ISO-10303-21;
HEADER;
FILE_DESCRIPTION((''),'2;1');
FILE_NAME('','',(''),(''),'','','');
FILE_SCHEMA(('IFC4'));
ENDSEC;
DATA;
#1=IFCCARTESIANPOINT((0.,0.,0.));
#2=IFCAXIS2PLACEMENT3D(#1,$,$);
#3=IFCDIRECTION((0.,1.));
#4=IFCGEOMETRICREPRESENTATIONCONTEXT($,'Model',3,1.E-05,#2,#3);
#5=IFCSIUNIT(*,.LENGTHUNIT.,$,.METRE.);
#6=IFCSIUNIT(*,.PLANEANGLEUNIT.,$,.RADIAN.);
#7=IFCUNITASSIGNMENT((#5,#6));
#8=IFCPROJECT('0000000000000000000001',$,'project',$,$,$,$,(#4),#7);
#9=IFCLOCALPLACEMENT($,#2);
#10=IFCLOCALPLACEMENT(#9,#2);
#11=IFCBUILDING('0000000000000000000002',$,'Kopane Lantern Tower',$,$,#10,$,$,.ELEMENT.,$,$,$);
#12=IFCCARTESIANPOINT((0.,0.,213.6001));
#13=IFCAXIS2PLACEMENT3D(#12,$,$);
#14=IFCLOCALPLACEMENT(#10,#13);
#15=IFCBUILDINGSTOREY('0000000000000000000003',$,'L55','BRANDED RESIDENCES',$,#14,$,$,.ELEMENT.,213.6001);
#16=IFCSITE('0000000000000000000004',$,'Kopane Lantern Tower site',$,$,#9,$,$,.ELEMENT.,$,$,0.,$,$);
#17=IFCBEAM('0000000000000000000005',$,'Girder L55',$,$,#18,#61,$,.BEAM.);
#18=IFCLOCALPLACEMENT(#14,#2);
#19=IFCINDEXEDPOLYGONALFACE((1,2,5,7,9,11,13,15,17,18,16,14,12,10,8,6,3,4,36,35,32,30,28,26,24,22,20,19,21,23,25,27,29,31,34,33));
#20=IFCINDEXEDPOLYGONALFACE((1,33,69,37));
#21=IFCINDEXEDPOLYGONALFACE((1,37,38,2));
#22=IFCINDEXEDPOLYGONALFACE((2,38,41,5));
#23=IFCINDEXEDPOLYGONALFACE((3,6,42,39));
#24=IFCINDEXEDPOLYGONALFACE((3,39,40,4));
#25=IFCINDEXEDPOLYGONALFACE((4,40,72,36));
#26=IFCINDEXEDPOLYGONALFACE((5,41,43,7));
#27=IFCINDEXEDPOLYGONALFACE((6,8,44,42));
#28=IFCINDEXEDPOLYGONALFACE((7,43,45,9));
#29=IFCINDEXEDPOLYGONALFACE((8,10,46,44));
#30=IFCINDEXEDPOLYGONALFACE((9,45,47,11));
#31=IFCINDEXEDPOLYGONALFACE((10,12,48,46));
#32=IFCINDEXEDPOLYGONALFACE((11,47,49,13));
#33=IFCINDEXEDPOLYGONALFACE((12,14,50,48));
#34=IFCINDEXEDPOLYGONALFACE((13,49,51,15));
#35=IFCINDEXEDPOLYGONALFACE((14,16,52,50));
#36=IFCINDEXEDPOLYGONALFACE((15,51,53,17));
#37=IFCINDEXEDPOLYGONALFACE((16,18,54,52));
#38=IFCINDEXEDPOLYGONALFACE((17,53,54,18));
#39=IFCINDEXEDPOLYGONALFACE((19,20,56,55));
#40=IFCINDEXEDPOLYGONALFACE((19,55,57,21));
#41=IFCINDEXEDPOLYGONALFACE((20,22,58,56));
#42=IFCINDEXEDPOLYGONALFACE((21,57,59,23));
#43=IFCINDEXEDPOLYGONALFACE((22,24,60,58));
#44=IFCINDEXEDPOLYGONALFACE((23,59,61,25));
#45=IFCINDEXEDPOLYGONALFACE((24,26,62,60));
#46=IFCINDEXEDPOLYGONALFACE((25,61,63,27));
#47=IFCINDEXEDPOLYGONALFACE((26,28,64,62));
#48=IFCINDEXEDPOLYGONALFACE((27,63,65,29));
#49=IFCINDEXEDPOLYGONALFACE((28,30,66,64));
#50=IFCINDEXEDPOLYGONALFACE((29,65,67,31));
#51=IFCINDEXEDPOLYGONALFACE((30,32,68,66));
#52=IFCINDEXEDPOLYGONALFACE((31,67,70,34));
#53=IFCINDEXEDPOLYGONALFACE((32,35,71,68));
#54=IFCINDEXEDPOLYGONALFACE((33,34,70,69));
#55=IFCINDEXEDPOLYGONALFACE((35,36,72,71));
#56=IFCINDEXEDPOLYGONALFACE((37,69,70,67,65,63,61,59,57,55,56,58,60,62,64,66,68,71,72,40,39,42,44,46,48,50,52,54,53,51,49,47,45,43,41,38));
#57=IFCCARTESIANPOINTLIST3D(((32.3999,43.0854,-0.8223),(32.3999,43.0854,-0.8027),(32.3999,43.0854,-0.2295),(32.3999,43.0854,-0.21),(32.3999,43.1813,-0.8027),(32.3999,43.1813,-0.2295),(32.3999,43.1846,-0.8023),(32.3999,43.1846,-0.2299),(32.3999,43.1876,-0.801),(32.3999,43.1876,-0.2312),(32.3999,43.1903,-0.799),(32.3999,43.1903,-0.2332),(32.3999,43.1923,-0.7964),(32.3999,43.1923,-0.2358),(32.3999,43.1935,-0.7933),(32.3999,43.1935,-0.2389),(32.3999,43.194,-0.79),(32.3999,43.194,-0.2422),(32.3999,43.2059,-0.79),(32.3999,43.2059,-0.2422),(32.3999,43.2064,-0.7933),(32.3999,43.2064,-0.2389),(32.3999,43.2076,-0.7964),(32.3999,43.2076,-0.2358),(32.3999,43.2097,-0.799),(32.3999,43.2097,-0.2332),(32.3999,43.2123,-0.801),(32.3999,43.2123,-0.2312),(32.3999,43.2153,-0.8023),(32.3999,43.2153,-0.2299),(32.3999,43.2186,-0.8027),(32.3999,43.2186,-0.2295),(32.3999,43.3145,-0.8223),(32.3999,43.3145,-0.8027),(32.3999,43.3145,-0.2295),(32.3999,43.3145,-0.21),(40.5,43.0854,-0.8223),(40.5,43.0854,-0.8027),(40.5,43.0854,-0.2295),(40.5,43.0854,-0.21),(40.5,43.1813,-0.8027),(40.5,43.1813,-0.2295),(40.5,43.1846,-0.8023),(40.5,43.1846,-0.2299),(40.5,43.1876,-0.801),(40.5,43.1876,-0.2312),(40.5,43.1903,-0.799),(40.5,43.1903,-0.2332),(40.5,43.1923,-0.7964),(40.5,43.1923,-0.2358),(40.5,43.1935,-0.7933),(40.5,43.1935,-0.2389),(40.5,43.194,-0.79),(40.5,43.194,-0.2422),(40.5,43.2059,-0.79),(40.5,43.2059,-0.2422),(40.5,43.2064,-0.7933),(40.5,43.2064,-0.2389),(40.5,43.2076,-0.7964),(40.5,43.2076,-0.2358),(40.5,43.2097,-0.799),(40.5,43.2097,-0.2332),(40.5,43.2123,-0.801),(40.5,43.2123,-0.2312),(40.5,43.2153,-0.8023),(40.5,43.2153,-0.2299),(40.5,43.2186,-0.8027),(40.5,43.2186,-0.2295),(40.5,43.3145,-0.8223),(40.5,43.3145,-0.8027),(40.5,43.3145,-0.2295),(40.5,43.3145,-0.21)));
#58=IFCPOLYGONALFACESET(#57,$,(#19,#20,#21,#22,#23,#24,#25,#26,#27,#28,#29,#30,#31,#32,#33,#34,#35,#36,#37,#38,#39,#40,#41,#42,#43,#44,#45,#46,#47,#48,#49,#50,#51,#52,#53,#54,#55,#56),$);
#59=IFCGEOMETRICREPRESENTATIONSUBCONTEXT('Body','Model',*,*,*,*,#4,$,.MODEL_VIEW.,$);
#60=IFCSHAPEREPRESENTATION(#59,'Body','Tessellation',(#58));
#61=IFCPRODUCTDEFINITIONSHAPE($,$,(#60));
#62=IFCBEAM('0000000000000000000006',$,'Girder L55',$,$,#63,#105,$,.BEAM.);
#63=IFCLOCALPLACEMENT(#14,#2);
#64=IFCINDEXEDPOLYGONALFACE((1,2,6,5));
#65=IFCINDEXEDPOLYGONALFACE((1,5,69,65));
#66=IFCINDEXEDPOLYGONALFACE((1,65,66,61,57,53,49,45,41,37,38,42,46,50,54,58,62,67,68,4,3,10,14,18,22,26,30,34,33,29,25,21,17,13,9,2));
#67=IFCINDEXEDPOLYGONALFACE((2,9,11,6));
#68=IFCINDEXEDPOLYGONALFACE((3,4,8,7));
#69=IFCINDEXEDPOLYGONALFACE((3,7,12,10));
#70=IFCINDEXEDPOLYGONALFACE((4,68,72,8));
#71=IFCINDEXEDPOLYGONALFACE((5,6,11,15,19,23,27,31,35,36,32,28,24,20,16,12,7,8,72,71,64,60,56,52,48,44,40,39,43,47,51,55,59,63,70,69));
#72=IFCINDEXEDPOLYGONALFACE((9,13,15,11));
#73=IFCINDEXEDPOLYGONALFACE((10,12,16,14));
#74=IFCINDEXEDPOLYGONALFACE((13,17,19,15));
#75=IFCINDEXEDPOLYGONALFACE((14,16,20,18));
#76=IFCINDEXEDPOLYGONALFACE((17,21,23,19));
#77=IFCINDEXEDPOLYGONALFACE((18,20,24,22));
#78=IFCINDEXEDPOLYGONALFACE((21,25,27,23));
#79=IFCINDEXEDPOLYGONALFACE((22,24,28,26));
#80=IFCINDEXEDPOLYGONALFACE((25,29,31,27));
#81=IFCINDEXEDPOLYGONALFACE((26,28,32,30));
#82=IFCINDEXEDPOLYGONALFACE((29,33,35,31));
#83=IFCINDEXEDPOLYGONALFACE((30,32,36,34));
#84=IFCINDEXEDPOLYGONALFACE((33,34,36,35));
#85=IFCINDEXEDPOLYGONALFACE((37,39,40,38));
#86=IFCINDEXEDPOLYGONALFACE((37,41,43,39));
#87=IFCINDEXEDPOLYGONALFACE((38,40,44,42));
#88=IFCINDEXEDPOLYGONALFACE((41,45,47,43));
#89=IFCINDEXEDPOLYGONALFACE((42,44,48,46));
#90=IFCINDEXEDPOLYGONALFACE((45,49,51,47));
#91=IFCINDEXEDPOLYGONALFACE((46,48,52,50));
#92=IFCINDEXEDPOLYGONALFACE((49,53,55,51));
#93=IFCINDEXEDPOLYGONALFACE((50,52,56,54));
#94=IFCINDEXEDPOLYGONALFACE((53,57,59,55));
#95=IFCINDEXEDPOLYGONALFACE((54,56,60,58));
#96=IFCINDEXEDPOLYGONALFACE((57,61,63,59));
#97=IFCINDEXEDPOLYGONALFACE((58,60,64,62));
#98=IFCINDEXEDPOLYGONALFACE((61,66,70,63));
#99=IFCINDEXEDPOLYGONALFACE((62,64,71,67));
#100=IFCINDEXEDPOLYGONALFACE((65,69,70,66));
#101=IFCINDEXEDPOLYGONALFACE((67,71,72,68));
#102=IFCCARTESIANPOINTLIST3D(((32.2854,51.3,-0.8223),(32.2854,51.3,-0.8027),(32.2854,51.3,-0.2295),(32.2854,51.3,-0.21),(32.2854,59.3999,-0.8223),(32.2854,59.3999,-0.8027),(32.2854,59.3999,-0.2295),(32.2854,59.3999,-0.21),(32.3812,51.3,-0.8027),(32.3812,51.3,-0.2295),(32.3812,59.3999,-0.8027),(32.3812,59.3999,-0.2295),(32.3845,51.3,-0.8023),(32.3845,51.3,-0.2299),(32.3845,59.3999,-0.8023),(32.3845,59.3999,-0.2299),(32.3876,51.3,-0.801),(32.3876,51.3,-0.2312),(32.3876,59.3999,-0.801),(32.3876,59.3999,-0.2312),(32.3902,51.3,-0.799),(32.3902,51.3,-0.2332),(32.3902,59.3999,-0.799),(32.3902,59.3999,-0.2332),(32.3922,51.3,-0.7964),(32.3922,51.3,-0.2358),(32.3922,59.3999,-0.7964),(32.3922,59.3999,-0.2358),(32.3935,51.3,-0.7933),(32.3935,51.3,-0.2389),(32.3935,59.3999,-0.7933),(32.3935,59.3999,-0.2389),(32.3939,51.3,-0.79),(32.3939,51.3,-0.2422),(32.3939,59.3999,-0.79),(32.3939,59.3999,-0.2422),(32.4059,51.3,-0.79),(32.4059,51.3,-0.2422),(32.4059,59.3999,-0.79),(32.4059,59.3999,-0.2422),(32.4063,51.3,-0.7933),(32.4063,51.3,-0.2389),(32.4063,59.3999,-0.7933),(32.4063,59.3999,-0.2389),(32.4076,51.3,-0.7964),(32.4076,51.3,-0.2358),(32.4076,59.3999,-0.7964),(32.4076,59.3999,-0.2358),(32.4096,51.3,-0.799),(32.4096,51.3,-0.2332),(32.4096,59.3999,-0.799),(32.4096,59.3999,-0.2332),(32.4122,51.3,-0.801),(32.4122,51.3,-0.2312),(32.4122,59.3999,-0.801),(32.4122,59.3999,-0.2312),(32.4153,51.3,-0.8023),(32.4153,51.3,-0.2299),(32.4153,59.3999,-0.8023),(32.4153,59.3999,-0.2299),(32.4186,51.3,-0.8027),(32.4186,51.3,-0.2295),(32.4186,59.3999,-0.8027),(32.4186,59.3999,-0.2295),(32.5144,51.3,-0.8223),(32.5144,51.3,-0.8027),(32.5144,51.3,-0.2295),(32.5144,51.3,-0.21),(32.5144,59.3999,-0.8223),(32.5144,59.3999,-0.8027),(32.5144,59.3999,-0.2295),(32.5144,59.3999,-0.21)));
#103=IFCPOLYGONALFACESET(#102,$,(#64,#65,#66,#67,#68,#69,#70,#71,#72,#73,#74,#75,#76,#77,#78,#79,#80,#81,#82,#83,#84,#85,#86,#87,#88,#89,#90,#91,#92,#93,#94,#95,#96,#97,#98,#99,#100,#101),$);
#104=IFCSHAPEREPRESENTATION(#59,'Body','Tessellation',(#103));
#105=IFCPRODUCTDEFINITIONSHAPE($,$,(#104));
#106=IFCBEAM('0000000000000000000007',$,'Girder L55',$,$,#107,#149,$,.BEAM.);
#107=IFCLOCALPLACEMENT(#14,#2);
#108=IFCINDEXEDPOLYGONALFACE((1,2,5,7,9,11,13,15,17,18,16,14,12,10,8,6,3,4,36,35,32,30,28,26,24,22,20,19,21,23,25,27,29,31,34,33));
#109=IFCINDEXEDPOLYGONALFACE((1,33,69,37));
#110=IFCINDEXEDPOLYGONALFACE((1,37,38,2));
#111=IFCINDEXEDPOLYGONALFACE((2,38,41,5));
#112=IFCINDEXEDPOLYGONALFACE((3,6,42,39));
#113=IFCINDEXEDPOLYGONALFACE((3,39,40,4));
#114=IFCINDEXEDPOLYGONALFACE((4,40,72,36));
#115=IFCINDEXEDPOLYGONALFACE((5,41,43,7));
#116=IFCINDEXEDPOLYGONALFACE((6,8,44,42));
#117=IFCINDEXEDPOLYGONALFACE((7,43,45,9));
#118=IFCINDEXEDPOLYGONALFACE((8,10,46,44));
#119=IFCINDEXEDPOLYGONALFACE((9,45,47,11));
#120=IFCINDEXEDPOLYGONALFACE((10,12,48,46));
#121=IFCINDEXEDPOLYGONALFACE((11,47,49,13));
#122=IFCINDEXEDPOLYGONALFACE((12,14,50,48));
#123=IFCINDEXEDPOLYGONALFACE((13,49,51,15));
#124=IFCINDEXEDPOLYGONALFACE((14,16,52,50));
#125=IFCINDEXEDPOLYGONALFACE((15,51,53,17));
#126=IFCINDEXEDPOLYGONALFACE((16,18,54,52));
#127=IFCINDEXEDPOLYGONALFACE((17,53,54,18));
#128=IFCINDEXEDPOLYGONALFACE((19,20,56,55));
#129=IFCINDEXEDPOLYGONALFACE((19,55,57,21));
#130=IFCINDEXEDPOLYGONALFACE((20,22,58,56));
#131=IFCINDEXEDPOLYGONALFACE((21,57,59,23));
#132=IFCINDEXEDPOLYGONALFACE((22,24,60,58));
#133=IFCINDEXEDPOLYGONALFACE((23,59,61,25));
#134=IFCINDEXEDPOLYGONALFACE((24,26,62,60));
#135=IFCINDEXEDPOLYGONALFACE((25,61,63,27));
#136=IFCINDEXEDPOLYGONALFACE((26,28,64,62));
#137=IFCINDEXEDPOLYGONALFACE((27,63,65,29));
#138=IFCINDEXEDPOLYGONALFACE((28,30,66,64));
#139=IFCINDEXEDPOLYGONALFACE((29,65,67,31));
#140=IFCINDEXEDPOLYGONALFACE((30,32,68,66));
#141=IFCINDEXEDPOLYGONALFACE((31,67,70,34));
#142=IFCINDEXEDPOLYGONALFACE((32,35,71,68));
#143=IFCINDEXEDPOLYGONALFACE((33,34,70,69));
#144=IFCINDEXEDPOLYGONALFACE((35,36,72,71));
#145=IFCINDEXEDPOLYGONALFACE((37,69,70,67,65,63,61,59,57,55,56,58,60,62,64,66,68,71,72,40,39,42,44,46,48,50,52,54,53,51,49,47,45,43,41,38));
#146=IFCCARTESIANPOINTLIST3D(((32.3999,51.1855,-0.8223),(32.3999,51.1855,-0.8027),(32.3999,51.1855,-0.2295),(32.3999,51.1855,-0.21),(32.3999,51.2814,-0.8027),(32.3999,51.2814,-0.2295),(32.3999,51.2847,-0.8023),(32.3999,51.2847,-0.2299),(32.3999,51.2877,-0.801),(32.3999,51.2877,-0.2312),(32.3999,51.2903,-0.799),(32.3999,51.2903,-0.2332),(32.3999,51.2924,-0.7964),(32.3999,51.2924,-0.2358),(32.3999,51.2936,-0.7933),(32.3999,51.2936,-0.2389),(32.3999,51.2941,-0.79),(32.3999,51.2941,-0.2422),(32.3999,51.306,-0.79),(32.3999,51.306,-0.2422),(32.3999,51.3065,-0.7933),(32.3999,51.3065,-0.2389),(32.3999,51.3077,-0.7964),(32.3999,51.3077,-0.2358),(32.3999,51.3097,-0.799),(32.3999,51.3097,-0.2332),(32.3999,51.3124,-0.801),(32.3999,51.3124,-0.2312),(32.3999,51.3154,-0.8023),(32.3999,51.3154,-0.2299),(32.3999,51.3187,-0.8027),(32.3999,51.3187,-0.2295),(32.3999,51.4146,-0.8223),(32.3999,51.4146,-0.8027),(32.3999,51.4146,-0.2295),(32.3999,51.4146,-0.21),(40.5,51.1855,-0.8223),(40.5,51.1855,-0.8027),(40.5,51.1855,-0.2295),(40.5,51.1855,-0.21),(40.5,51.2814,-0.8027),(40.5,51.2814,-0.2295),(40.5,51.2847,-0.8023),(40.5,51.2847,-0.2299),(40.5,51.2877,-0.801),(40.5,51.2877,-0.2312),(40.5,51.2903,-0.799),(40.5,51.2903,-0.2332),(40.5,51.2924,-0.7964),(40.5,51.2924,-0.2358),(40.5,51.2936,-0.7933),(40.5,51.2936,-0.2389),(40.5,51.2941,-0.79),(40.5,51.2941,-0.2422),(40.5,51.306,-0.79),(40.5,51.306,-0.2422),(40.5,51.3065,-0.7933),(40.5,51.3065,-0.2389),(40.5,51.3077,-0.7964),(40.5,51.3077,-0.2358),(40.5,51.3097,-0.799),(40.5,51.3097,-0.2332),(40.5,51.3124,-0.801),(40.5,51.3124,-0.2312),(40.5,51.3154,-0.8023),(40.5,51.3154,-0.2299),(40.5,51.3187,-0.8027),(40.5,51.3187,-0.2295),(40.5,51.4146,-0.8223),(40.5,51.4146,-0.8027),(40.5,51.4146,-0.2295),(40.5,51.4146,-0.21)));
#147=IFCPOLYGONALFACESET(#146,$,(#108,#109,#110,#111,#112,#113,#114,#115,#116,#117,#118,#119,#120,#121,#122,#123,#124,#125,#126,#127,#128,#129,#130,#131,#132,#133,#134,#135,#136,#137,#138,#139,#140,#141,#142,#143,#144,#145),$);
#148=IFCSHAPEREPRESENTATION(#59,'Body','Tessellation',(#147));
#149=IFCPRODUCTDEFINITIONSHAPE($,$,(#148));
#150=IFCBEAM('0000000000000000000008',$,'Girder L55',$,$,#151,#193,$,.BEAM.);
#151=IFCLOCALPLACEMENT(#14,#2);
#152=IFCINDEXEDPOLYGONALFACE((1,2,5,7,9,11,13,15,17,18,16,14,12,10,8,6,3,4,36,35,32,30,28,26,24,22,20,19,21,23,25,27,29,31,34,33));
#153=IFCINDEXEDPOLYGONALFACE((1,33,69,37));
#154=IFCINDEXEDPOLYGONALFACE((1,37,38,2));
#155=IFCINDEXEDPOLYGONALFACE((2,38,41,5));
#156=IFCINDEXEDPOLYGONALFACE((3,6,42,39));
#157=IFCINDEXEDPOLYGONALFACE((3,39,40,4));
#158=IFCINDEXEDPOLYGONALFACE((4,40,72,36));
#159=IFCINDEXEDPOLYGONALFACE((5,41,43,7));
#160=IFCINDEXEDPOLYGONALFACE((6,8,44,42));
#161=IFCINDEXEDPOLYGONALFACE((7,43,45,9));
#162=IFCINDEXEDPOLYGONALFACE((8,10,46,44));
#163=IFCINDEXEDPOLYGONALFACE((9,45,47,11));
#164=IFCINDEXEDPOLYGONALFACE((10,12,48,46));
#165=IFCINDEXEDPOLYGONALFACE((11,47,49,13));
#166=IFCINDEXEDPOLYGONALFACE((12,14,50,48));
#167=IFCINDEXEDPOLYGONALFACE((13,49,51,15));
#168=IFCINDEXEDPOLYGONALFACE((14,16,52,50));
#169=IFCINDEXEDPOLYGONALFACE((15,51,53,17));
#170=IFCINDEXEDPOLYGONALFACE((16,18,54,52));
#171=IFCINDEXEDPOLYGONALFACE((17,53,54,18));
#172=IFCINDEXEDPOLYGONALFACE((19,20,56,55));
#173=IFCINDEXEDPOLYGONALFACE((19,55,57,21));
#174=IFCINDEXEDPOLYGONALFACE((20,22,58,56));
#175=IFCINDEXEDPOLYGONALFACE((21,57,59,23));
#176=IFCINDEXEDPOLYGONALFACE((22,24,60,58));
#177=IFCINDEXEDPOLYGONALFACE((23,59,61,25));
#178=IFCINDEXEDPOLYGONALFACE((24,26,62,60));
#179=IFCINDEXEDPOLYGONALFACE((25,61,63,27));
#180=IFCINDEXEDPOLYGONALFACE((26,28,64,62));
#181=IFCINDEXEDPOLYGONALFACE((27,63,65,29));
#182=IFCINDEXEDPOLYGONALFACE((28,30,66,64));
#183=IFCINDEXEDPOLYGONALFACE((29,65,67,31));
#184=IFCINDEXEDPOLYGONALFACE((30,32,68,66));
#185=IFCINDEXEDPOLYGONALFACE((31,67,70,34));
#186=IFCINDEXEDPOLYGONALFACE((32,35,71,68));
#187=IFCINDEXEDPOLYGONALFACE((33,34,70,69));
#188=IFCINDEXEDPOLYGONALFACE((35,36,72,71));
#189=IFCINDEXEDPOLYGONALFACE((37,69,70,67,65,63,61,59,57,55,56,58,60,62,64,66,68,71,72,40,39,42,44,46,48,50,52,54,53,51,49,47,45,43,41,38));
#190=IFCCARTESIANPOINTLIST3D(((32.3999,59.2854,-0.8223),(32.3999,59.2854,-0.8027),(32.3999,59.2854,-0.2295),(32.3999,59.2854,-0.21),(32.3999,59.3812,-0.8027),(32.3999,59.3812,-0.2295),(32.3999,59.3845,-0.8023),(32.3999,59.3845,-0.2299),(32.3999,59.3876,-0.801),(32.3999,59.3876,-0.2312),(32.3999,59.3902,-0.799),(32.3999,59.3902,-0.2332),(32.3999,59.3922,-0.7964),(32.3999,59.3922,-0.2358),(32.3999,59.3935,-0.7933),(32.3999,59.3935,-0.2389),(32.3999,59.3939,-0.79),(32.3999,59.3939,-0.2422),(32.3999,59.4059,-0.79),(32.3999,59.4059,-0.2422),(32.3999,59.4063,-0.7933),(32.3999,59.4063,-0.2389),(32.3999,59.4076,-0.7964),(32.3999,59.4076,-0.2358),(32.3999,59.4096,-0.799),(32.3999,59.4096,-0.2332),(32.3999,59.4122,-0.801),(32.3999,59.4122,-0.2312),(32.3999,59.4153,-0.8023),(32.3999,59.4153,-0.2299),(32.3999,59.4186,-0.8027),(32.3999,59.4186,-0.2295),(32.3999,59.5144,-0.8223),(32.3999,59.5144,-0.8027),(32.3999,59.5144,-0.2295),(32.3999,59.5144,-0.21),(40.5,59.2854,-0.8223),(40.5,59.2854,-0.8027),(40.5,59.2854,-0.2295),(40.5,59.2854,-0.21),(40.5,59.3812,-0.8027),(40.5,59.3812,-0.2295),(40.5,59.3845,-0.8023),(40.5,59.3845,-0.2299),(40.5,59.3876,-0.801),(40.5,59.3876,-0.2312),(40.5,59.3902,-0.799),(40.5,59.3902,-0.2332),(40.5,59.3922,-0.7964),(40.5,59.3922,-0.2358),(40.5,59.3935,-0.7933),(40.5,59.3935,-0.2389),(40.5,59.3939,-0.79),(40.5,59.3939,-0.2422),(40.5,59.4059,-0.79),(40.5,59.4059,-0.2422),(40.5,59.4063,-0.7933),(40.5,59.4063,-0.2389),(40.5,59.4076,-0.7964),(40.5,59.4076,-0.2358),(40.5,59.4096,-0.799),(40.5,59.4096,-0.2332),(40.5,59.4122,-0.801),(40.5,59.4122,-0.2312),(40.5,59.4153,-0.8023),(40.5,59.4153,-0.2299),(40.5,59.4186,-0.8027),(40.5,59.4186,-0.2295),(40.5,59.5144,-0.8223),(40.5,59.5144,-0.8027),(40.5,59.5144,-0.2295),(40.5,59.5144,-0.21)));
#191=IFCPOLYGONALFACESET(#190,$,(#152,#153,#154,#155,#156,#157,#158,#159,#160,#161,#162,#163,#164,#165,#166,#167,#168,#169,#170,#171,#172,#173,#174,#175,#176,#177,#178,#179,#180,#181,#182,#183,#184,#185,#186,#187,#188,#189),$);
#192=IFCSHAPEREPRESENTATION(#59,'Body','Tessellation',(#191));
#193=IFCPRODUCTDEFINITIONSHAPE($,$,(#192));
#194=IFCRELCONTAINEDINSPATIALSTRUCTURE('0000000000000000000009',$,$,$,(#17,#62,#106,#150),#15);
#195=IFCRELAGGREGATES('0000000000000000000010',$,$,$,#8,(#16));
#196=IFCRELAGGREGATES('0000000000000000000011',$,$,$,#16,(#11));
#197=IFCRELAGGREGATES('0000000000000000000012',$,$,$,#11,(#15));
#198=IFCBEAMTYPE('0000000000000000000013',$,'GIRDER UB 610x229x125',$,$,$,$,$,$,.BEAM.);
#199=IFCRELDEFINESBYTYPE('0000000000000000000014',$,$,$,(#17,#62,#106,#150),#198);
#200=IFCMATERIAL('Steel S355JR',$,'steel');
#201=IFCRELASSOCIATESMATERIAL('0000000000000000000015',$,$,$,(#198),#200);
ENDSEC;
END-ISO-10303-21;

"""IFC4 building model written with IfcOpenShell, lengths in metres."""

from ifc_helpers import new_model, si_unit, direction, frame, origin, origin_2d, place, context, subcontext, project, spatial, i_section, extrude, material, material_profile, profile_set, type_object, element, save


model = new_model("IFC4")

# Units and contexts
model_context = context("Model", 3, precision=1e-05, world=origin(), true_north=direction((0.0, 1.0)))
body_context = subcontext(model_context, "Body", "Model", "MODEL_VIEW")
ifc_project = project(units=[si_unit("LENGTHUNIT", "METRE"), si_unit("PLANEANGLEUNIT", "RADIAN")], contexts=[model_context])

# Site, building, storey
site_placement = place(None, origin())
site = spatial("IfcSite", under=ifc_project, at=site_placement, Name="Kopane Lantern Tower site", CompositionType="ELEMENT", RefElevation=0.0)
building_placement = place(site_placement, origin())
building = spatial("IfcBuilding", under=site, at=building_placement, Name="Kopane Lantern Tower", CompositionType="ELEMENT")
storey_placement = place(building_placement, frame((0.0, 0.0, 213.6001)))
storey = spatial("IfcBuildingStorey", under=building, at=storey_placement, Name="L55", Description="BRANDED RESIDENCES", CompositionType="ELEMENT", Elevation=213.6001)

# Beams
ifc_material_1 = material(Name="Steel S355JR", Category="steel")
ifc_material_profile_1 = material_profile(ifc_material_1, i_section(OverallWidth=0.229, OverallDepth=0.6123, WebThickness=0.012, FlangeThickness=0.0195, FilletRadius=0.0127, at=origin_2d()), Name="UB 610x229x125")
ifc_profile_set_1 = profile_set([ifc_material_profile_1], Name="Steel S355JR")
beam_type_1 = type_object("IfcBeamType", Name="GIRDER UB 610x229x125", PredefinedType="BEAM", material=ifc_profile_set_1)
for number, where, z_axis, x_axis, name in (
    (1, (32.3999, 43.2, -0.5161), (1.0, 0.0, 0.0), (0.0, 1.0, 0.0), "Girder L55"),
):
    element("IfcBeam", number, at=place(storey_placement, frame(where, z_axis=z_axis, x_axis=x_axis)), inside=storey, type_object=beam_type_1, Name=name, PredefinedType="BEAM", context=body_context, shape_type="SweptSolid", body=[
        extrude(i_section(OverallWidth=0.229, OverallDepth=0.6123, WebThickness=0.012, FlangeThickness=0.0195, FilletRadius=0.0127, at=origin_2d()), origin(), (0.0, 0.0, 1.0), 8.1001),
    ])
beam_1_placement = place(storey_placement, frame((32.3999, 51.3, -0.5161), z_axis=(0.0, 1.0, 0.0), x_axis=(-1.0, 0.0, 0.0)))
element("IfcBeam", 2, at=beam_1_placement, inside=storey, type_object=beam_type_1, Name="Girder L55", PredefinedType="BEAM", context=body_context, shape_type="SweptSolid", body=[
    extrude(i_section(OverallWidth=0.229, OverallDepth=0.6123, WebThickness=0.012, FlangeThickness=0.0195, FilletRadius=0.0127, at=origin_2d()), origin(), (0.0, 0.0, 1.0), 8.0999),
])
for number, where, z_axis, x_axis, name in (
    (3, (32.3999, 51.3, -0.5161), (1.0, 0.0, 0.0), (0.0, 1.0, 0.0), "Girder L55"),
    (4, (32.3999, 59.3999, -0.5161), (1.0, 0.0, 0.0), (0.0, 1.0, 0.0), "Girder L55"),
):
    element("IfcBeam", number, at=place(storey_placement, frame(where, z_axis=z_axis, x_axis=x_axis)), inside=storey, type_object=beam_type_1, Name=name, PredefinedType="BEAM", context=body_context, shape_type="SweptSolid", body=[
        extrude(i_section(OverallWidth=0.229, OverallDepth=0.6123, WebThickness=0.012, FlangeThickness=0.0195, FilletRadius=0.0127, at=origin_2d()), origin(), (0.0, 0.0, 1.0), 8.1001),
    ])

save(model, "model.ifc")
